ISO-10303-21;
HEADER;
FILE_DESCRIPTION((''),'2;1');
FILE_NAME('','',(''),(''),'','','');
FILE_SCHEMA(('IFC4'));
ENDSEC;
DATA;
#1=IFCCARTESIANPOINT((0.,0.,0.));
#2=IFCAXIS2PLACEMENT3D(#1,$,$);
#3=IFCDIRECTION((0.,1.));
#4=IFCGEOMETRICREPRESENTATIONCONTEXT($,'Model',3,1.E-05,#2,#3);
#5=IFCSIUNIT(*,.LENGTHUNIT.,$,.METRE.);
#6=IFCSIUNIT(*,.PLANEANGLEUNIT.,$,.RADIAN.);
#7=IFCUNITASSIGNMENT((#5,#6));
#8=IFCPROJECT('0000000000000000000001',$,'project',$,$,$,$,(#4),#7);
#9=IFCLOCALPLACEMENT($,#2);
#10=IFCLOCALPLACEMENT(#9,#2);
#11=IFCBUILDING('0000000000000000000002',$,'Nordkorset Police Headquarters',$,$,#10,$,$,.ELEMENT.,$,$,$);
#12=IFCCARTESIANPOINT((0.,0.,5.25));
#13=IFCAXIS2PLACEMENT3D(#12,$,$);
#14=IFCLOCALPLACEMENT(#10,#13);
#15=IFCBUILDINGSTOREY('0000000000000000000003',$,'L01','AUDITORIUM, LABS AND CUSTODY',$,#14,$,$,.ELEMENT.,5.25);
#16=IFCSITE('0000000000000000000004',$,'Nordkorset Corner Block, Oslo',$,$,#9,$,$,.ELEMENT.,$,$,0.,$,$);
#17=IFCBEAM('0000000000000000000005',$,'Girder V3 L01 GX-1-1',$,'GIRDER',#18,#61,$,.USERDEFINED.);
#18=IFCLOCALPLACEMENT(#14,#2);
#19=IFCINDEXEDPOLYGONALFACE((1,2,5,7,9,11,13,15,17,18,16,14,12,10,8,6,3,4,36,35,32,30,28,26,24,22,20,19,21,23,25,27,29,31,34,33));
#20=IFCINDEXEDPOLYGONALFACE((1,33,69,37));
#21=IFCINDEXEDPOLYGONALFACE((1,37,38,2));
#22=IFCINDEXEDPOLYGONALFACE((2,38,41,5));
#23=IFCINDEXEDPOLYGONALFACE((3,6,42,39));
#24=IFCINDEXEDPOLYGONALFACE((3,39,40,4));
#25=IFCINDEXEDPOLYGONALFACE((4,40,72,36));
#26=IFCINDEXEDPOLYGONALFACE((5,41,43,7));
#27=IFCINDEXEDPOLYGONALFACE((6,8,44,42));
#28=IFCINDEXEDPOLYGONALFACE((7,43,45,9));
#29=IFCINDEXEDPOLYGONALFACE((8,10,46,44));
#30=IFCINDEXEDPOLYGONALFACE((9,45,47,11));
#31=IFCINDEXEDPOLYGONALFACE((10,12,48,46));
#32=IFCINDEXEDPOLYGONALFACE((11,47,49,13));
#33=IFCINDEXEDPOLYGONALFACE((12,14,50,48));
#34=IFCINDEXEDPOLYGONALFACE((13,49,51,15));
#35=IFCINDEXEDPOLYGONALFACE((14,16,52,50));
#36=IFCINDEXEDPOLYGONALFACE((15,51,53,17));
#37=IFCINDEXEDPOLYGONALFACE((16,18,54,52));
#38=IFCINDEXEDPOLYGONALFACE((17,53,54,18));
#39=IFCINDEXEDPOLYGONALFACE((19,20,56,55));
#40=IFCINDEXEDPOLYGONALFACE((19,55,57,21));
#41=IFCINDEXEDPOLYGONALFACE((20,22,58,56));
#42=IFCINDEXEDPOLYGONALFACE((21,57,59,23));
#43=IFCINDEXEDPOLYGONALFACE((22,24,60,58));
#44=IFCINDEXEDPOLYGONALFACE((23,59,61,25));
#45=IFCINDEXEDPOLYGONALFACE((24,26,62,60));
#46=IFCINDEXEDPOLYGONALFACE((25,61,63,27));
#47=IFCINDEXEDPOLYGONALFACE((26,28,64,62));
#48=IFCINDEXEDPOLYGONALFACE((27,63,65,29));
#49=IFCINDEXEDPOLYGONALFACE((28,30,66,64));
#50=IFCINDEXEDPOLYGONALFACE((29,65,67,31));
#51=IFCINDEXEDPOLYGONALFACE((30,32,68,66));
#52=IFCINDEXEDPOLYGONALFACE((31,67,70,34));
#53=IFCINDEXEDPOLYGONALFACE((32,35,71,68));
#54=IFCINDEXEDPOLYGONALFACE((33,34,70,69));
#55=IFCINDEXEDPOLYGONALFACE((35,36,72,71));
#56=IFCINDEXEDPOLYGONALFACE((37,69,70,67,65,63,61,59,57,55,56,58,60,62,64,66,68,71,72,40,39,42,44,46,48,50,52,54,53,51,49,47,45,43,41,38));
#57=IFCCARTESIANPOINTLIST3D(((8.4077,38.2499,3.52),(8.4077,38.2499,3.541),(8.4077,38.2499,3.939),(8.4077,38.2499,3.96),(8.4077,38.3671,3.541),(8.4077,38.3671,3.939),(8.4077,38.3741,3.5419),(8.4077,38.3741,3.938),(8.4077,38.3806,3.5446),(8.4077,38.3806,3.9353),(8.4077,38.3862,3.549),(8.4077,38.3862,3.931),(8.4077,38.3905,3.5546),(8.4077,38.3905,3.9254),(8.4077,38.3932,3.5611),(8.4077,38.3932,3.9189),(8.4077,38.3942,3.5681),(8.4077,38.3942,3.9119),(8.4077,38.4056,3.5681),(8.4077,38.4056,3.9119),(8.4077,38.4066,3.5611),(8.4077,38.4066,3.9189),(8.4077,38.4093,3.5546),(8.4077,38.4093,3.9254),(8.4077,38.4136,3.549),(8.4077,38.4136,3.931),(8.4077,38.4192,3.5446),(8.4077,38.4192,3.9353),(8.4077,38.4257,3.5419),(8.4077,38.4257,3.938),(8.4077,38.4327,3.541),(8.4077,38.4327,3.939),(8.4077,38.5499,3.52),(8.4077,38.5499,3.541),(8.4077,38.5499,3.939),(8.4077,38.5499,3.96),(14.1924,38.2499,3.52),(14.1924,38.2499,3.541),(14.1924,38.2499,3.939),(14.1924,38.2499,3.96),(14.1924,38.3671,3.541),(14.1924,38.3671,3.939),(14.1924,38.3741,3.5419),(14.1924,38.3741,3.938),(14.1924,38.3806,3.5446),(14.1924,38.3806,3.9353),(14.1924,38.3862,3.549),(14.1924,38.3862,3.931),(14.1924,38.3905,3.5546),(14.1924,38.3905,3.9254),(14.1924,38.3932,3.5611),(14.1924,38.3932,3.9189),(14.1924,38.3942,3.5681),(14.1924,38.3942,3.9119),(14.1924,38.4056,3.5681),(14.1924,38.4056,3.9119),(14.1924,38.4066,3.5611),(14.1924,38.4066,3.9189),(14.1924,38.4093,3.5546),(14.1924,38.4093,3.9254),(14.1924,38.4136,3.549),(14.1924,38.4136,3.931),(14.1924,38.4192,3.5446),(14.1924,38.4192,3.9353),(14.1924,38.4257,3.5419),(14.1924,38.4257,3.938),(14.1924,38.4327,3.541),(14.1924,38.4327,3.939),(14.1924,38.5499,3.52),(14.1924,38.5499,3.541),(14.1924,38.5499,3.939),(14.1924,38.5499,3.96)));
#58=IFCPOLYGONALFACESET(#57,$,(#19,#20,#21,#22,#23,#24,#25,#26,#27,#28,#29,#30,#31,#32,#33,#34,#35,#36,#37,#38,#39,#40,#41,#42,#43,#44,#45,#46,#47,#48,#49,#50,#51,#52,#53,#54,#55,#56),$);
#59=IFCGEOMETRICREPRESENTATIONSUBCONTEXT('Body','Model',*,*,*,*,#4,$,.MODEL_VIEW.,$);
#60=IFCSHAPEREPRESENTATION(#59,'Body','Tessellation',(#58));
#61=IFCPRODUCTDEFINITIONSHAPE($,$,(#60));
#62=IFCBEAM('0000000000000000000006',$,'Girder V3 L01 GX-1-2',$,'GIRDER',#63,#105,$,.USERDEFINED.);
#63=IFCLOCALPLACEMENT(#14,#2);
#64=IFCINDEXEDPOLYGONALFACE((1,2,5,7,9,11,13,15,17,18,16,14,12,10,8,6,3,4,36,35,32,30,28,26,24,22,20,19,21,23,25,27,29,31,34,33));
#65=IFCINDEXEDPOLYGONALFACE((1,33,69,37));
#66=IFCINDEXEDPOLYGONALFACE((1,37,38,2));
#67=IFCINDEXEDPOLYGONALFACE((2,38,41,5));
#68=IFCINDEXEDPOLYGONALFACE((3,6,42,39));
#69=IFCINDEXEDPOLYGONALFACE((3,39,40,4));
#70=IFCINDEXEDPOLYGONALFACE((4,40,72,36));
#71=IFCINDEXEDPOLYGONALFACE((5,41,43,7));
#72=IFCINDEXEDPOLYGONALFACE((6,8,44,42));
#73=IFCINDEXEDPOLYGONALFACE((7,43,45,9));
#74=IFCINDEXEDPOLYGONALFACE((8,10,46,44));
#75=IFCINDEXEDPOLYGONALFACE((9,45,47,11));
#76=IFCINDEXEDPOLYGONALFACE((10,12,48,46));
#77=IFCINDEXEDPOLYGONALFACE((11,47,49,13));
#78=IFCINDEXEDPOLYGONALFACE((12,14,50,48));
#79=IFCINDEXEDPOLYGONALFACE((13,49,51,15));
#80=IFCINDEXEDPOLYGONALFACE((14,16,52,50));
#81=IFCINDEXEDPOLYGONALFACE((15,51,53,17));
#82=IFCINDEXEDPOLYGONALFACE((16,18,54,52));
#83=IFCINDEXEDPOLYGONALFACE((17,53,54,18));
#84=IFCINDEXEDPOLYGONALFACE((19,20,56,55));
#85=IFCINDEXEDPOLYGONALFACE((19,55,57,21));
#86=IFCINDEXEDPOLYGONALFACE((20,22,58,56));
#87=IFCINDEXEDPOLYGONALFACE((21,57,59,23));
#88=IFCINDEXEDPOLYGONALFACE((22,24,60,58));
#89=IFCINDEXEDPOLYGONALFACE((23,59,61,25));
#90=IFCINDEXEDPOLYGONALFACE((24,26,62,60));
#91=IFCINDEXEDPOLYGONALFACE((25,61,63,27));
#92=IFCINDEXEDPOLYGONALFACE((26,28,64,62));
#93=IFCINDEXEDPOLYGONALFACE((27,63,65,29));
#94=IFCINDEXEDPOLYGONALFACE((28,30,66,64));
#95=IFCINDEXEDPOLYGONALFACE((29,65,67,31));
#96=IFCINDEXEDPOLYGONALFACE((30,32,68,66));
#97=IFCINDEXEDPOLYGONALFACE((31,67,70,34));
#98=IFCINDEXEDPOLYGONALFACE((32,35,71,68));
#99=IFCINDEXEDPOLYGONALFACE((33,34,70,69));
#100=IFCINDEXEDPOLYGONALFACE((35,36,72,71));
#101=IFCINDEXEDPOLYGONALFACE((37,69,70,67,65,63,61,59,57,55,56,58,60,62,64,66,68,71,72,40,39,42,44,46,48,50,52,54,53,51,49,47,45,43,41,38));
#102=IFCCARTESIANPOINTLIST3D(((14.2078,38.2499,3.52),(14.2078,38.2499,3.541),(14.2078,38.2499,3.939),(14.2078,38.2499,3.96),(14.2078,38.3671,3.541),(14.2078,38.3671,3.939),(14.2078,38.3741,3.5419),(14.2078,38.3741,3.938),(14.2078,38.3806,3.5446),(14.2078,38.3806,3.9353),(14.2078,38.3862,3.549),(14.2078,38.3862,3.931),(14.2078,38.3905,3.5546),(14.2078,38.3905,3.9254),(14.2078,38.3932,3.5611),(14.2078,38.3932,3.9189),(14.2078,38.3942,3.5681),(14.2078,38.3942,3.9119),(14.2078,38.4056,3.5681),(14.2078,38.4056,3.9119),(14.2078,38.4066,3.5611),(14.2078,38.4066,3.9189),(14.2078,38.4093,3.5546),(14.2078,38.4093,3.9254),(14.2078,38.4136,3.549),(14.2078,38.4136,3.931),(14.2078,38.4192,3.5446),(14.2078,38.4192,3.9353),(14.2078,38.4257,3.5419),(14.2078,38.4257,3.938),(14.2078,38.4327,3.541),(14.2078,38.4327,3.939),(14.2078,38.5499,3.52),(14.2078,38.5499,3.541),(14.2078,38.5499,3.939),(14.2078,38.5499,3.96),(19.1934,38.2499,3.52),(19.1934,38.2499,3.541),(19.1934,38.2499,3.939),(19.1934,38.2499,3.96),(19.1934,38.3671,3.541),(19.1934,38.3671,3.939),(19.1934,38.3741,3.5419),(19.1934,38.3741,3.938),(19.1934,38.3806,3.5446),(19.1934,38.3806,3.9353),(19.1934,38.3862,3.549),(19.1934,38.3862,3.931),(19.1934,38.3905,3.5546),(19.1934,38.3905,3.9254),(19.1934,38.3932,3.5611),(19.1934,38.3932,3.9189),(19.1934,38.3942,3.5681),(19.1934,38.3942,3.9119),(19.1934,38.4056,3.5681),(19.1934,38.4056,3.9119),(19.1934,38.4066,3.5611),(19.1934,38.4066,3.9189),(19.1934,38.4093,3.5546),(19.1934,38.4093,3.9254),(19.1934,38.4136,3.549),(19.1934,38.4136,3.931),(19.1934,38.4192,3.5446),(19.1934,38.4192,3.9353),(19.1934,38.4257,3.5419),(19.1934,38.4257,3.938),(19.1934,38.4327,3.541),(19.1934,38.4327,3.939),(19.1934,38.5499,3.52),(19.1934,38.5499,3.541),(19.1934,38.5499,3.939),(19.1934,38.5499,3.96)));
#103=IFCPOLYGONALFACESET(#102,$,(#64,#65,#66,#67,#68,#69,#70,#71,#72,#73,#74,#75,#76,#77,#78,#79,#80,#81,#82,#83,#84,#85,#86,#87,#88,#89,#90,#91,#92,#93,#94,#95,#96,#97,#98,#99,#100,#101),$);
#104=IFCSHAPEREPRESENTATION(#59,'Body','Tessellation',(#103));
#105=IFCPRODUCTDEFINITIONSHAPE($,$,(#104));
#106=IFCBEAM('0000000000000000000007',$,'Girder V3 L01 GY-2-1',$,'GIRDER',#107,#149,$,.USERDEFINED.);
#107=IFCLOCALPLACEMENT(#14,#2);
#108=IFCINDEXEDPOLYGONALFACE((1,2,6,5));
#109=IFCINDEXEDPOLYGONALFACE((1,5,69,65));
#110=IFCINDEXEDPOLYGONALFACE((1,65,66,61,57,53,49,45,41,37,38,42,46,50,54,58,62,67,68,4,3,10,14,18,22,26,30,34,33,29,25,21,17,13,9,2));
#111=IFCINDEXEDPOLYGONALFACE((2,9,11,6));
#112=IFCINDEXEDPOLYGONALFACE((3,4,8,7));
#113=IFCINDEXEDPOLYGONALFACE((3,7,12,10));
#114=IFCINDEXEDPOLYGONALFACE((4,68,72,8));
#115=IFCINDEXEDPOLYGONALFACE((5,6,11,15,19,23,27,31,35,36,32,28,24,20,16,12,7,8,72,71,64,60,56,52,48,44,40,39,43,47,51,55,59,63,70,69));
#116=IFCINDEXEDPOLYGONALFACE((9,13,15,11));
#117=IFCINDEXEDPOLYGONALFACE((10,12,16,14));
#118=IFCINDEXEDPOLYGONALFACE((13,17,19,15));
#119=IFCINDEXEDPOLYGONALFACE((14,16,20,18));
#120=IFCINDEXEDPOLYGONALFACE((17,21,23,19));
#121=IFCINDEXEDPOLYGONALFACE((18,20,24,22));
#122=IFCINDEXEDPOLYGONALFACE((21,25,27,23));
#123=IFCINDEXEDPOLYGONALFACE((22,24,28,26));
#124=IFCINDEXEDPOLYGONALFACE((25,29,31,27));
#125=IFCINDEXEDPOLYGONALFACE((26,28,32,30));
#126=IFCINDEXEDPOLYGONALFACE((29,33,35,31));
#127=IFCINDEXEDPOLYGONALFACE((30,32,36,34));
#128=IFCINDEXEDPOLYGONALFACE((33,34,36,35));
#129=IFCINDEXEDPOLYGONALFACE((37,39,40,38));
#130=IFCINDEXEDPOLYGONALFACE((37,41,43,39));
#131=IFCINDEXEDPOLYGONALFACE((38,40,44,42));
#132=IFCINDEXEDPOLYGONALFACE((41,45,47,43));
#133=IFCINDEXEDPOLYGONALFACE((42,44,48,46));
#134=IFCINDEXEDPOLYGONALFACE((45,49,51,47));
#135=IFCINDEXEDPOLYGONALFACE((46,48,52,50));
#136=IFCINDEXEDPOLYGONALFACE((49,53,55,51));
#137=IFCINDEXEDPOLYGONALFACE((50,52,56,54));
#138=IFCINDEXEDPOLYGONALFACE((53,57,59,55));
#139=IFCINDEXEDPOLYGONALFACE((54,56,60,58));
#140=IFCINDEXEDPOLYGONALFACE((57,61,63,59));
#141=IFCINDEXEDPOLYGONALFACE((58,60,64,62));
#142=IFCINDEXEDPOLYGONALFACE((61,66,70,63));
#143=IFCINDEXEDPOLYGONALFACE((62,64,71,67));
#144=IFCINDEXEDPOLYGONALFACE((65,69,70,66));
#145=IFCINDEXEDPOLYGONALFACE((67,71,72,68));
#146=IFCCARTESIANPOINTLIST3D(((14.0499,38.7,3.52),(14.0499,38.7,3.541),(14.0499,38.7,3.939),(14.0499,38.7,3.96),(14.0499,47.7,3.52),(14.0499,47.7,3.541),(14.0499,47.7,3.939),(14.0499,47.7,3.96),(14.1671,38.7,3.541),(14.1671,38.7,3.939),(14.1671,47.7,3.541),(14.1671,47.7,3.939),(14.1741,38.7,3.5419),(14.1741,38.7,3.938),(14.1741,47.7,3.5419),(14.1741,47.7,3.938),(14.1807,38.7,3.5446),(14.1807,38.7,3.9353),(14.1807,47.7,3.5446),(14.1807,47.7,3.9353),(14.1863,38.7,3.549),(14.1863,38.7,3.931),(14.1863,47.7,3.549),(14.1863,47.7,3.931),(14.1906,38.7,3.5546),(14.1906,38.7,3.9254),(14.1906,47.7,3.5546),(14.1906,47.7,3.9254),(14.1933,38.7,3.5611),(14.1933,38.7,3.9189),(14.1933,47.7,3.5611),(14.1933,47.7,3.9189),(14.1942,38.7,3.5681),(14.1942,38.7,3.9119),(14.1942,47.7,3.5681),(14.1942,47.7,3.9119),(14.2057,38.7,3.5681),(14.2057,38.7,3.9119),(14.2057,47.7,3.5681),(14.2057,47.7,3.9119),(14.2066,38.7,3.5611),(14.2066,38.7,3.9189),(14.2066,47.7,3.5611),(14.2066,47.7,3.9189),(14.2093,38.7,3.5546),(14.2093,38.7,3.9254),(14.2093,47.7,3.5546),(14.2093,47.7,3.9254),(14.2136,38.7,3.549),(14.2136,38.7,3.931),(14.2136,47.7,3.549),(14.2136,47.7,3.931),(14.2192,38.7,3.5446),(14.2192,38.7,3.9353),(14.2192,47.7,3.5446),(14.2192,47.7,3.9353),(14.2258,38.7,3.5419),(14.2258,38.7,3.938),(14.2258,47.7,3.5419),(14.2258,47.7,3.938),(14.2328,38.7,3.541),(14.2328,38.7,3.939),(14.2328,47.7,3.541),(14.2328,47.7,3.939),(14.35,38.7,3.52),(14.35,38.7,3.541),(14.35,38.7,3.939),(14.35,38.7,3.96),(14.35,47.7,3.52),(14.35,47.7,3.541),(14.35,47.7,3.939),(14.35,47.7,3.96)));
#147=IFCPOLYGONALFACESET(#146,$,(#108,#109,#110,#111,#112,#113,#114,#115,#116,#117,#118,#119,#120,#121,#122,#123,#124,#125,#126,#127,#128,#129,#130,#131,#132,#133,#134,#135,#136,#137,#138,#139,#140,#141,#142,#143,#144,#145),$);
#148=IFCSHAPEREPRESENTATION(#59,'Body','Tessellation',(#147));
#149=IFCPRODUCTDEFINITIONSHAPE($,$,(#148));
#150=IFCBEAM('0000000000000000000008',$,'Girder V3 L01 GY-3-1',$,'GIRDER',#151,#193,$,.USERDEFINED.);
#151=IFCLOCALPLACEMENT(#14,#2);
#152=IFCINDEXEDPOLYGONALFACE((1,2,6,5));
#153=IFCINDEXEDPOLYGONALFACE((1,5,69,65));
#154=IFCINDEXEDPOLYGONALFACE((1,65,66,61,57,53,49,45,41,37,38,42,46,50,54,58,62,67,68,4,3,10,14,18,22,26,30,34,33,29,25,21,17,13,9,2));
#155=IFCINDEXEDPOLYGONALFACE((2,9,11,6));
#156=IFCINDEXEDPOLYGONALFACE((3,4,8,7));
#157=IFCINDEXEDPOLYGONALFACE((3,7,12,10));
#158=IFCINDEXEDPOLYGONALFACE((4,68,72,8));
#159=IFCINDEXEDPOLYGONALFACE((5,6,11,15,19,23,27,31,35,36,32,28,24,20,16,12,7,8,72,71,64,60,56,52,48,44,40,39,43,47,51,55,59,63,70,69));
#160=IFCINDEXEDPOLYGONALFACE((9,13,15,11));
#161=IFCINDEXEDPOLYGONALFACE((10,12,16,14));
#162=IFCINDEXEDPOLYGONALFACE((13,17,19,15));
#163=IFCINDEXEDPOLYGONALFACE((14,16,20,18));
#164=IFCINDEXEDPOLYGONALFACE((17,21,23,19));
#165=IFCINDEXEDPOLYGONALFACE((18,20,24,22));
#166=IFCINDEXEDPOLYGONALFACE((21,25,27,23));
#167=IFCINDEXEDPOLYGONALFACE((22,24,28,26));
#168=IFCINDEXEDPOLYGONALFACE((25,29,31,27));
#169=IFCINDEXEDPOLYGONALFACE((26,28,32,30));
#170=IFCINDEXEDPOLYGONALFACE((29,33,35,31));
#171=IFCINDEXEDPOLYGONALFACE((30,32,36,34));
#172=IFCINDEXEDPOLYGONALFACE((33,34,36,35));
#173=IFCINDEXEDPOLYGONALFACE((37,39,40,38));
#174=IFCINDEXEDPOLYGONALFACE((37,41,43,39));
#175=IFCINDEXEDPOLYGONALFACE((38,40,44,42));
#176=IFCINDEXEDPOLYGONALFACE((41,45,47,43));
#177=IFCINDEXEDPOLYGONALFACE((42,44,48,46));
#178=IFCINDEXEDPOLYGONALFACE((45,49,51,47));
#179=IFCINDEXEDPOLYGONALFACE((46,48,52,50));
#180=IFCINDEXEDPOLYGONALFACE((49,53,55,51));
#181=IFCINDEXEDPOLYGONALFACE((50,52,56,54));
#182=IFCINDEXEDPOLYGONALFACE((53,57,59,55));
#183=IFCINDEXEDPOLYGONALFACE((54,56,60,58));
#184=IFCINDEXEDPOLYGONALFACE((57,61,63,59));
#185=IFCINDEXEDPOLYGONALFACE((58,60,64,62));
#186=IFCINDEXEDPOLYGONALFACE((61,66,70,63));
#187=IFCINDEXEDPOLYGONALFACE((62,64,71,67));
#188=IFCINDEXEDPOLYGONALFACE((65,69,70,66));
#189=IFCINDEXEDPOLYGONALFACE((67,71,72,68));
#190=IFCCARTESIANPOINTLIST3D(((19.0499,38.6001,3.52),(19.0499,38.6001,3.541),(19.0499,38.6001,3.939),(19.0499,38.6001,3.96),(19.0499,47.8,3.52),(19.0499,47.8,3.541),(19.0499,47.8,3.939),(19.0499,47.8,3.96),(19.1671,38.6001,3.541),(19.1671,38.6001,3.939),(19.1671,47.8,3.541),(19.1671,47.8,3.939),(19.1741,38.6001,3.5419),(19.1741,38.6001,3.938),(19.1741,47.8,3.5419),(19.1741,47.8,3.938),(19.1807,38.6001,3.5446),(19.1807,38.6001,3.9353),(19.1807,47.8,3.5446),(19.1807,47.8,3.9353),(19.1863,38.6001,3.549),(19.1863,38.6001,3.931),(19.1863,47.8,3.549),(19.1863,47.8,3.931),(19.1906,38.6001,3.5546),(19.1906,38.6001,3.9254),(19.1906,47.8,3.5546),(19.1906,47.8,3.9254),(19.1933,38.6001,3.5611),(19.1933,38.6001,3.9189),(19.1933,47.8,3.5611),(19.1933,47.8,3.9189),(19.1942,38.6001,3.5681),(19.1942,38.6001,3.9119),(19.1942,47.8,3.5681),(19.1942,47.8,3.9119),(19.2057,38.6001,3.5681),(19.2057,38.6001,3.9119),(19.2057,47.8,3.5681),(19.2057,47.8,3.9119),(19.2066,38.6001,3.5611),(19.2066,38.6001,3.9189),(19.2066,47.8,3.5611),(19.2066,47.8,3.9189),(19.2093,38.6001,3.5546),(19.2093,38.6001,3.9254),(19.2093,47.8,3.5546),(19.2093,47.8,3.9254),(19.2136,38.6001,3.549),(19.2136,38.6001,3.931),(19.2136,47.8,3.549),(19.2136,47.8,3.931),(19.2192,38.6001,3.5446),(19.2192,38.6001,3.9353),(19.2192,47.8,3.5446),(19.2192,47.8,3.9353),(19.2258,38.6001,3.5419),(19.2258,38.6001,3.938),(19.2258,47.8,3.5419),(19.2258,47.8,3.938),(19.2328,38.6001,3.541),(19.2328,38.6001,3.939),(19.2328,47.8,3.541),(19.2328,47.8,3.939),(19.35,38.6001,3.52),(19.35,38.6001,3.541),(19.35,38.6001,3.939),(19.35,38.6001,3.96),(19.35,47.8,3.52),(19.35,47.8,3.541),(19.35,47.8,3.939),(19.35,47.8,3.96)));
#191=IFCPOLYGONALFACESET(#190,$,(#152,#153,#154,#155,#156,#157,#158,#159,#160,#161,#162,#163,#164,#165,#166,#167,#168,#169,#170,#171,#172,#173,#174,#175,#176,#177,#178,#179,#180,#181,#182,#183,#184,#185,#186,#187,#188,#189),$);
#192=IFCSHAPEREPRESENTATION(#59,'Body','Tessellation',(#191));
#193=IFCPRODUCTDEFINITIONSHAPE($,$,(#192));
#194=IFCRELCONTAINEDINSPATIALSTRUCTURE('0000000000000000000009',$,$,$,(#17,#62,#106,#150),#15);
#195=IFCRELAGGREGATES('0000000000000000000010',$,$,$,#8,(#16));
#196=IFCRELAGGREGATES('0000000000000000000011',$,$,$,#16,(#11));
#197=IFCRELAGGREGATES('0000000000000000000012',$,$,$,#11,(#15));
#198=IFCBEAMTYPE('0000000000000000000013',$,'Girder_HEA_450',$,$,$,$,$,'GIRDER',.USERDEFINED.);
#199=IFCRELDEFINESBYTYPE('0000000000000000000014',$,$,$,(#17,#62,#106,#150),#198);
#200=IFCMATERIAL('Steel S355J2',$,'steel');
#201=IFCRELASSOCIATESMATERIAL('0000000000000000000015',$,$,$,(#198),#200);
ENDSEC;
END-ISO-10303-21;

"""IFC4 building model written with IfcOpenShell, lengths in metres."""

from ifc_helpers import new_model, si_unit, direction, frame, origin, origin_2d, place, context, subcontext, project, spatial, i_section, extrude, material, material_profile, profile_set, type_object, element, save


model = new_model("IFC4")

# Units and contexts
model_context = context("Model", 3, precision=1e-05, world=origin(), true_north=direction((0.0, 1.0)))
body_context = subcontext(model_context, "Body", "Model", "MODEL_VIEW")
ifc_project = project(units=[si_unit("LENGTHUNIT", "METRE"), si_unit("PLANEANGLEUNIT", "RADIAN")], contexts=[model_context])

# Site, building, storey
site_placement = place(None, origin())
site = spatial("IfcSite", under=ifc_project, at=site_placement, Name="Nordkorset Corner Block, Oslo", CompositionType="ELEMENT", RefElevation=0.0)
building_placement = place(site_placement, origin())
building = spatial("IfcBuilding", under=site, at=building_placement, Name="Nordkorset Police Headquarters", CompositionType="ELEMENT")
storey_placement = place(building_placement, frame((0.0, 0.0, 5.25)))
storey = spatial("IfcBuildingStorey", under=building, at=storey_placement, Name="L01", Description="AUDITORIUM, LABS AND CUSTODY", CompositionType="ELEMENT", Elevation=5.25)

# Beams
ifc_material_1 = material(Name="Steel S355J2", Category="steel")
ifc_material_profile_1 = material_profile(ifc_material_1, i_section(OverallWidth=0.3, OverallDepth=0.4399, WebThickness=0.0115, FlangeThickness=0.021, FilletRadius=0.0271, at=origin_2d()), Name="HEA 450")
ifc_profile_set_1 = profile_set([ifc_material_profile_1], Name="Steel S355J2")
beam_type_1 = type_object("IfcBeamType", Name="Girder_HEA_450", ElementType="GIRDER", PredefinedType="USERDEFINED", material=ifc_profile_set_1)
beam_1_placement = place(storey_placement, frame((8.4077, 38.3999, 3.74), z_axis=(1.0, 0.0, 0.0), x_axis=(0.0, 1.0, 0.0)))
element("IfcBeam", 1, at=beam_1_placement, inside=storey, type_object=beam_type_1, Name="Girder V3 L01 GX-1-1", ObjectType="GIRDER", PredefinedType="USERDEFINED", context=body_context, shape_type="SweptSolid", body=[
    extrude(i_section(OverallWidth=0.3, OverallDepth=0.4399, WebThickness=0.0115, FlangeThickness=0.021, FilletRadius=0.0271, at=origin_2d()), origin(), (0.0, 0.0, 1.0), 5.7847),
])
beam_2_placement = place(storey_placement, frame((14.2078, 38.3999, 3.74), z_axis=(1.0, 0.0, 0.0), x_axis=(0.0, 1.0, 0.0)))
element("IfcBeam", 2, at=beam_2_placement, inside=storey, type_object=beam_type_1, Name="Girder V3 L01 GX-1-2", ObjectType="GIRDER", PredefinedType="USERDEFINED", context=body_context, shape_type="SweptSolid", body=[
    extrude(i_section(OverallWidth=0.3, OverallDepth=0.4399, WebThickness=0.0115, FlangeThickness=0.021, FilletRadius=0.0271, at=origin_2d()), origin(), (0.0, 0.0, 1.0), 4.9856),
])
beam_3_placement = place(storey_placement, frame((14.2, 38.7, 3.74), z_axis=(0.0, 1.0, 0.0), x_axis=(-1.0, 0.0, 0.0)))
element("IfcBeam", 3, at=beam_3_placement, inside=storey, type_object=beam_type_1, Name="Girder V3 L01 GY-2-1", ObjectType="GIRDER", PredefinedType="USERDEFINED", context=body_context, shape_type="SweptSolid", body=[
    extrude(i_section(OverallWidth=0.3, OverallDepth=0.4399, WebThickness=0.0115, FlangeThickness=0.021, FilletRadius=0.0271, at=origin_2d()), origin(), (0.0, 0.0, 1.0), 9.0),
])
beam_4_placement = place(storey_placement, frame((19.2, 38.6001, 3.74), z_axis=(0.0, 1.0, 0.0), x_axis=(-1.0, 0.0, 0.0)))
element("IfcBeam", 4, at=beam_4_placement, inside=storey, type_object=beam_type_1, Name="Girder V3 L01 GY-3-1", ObjectType="GIRDER", PredefinedType="USERDEFINED", context=body_context, shape_type="SweptSolid", body=[
    extrude(i_section(OverallWidth=0.3, OverallDepth=0.4399, WebThickness=0.0115, FlangeThickness=0.021, FilletRadius=0.0271, at=origin_2d()), origin(), (0.0, 0.0, 1.0), 9.2),
])

save(model, "model.ifc")
